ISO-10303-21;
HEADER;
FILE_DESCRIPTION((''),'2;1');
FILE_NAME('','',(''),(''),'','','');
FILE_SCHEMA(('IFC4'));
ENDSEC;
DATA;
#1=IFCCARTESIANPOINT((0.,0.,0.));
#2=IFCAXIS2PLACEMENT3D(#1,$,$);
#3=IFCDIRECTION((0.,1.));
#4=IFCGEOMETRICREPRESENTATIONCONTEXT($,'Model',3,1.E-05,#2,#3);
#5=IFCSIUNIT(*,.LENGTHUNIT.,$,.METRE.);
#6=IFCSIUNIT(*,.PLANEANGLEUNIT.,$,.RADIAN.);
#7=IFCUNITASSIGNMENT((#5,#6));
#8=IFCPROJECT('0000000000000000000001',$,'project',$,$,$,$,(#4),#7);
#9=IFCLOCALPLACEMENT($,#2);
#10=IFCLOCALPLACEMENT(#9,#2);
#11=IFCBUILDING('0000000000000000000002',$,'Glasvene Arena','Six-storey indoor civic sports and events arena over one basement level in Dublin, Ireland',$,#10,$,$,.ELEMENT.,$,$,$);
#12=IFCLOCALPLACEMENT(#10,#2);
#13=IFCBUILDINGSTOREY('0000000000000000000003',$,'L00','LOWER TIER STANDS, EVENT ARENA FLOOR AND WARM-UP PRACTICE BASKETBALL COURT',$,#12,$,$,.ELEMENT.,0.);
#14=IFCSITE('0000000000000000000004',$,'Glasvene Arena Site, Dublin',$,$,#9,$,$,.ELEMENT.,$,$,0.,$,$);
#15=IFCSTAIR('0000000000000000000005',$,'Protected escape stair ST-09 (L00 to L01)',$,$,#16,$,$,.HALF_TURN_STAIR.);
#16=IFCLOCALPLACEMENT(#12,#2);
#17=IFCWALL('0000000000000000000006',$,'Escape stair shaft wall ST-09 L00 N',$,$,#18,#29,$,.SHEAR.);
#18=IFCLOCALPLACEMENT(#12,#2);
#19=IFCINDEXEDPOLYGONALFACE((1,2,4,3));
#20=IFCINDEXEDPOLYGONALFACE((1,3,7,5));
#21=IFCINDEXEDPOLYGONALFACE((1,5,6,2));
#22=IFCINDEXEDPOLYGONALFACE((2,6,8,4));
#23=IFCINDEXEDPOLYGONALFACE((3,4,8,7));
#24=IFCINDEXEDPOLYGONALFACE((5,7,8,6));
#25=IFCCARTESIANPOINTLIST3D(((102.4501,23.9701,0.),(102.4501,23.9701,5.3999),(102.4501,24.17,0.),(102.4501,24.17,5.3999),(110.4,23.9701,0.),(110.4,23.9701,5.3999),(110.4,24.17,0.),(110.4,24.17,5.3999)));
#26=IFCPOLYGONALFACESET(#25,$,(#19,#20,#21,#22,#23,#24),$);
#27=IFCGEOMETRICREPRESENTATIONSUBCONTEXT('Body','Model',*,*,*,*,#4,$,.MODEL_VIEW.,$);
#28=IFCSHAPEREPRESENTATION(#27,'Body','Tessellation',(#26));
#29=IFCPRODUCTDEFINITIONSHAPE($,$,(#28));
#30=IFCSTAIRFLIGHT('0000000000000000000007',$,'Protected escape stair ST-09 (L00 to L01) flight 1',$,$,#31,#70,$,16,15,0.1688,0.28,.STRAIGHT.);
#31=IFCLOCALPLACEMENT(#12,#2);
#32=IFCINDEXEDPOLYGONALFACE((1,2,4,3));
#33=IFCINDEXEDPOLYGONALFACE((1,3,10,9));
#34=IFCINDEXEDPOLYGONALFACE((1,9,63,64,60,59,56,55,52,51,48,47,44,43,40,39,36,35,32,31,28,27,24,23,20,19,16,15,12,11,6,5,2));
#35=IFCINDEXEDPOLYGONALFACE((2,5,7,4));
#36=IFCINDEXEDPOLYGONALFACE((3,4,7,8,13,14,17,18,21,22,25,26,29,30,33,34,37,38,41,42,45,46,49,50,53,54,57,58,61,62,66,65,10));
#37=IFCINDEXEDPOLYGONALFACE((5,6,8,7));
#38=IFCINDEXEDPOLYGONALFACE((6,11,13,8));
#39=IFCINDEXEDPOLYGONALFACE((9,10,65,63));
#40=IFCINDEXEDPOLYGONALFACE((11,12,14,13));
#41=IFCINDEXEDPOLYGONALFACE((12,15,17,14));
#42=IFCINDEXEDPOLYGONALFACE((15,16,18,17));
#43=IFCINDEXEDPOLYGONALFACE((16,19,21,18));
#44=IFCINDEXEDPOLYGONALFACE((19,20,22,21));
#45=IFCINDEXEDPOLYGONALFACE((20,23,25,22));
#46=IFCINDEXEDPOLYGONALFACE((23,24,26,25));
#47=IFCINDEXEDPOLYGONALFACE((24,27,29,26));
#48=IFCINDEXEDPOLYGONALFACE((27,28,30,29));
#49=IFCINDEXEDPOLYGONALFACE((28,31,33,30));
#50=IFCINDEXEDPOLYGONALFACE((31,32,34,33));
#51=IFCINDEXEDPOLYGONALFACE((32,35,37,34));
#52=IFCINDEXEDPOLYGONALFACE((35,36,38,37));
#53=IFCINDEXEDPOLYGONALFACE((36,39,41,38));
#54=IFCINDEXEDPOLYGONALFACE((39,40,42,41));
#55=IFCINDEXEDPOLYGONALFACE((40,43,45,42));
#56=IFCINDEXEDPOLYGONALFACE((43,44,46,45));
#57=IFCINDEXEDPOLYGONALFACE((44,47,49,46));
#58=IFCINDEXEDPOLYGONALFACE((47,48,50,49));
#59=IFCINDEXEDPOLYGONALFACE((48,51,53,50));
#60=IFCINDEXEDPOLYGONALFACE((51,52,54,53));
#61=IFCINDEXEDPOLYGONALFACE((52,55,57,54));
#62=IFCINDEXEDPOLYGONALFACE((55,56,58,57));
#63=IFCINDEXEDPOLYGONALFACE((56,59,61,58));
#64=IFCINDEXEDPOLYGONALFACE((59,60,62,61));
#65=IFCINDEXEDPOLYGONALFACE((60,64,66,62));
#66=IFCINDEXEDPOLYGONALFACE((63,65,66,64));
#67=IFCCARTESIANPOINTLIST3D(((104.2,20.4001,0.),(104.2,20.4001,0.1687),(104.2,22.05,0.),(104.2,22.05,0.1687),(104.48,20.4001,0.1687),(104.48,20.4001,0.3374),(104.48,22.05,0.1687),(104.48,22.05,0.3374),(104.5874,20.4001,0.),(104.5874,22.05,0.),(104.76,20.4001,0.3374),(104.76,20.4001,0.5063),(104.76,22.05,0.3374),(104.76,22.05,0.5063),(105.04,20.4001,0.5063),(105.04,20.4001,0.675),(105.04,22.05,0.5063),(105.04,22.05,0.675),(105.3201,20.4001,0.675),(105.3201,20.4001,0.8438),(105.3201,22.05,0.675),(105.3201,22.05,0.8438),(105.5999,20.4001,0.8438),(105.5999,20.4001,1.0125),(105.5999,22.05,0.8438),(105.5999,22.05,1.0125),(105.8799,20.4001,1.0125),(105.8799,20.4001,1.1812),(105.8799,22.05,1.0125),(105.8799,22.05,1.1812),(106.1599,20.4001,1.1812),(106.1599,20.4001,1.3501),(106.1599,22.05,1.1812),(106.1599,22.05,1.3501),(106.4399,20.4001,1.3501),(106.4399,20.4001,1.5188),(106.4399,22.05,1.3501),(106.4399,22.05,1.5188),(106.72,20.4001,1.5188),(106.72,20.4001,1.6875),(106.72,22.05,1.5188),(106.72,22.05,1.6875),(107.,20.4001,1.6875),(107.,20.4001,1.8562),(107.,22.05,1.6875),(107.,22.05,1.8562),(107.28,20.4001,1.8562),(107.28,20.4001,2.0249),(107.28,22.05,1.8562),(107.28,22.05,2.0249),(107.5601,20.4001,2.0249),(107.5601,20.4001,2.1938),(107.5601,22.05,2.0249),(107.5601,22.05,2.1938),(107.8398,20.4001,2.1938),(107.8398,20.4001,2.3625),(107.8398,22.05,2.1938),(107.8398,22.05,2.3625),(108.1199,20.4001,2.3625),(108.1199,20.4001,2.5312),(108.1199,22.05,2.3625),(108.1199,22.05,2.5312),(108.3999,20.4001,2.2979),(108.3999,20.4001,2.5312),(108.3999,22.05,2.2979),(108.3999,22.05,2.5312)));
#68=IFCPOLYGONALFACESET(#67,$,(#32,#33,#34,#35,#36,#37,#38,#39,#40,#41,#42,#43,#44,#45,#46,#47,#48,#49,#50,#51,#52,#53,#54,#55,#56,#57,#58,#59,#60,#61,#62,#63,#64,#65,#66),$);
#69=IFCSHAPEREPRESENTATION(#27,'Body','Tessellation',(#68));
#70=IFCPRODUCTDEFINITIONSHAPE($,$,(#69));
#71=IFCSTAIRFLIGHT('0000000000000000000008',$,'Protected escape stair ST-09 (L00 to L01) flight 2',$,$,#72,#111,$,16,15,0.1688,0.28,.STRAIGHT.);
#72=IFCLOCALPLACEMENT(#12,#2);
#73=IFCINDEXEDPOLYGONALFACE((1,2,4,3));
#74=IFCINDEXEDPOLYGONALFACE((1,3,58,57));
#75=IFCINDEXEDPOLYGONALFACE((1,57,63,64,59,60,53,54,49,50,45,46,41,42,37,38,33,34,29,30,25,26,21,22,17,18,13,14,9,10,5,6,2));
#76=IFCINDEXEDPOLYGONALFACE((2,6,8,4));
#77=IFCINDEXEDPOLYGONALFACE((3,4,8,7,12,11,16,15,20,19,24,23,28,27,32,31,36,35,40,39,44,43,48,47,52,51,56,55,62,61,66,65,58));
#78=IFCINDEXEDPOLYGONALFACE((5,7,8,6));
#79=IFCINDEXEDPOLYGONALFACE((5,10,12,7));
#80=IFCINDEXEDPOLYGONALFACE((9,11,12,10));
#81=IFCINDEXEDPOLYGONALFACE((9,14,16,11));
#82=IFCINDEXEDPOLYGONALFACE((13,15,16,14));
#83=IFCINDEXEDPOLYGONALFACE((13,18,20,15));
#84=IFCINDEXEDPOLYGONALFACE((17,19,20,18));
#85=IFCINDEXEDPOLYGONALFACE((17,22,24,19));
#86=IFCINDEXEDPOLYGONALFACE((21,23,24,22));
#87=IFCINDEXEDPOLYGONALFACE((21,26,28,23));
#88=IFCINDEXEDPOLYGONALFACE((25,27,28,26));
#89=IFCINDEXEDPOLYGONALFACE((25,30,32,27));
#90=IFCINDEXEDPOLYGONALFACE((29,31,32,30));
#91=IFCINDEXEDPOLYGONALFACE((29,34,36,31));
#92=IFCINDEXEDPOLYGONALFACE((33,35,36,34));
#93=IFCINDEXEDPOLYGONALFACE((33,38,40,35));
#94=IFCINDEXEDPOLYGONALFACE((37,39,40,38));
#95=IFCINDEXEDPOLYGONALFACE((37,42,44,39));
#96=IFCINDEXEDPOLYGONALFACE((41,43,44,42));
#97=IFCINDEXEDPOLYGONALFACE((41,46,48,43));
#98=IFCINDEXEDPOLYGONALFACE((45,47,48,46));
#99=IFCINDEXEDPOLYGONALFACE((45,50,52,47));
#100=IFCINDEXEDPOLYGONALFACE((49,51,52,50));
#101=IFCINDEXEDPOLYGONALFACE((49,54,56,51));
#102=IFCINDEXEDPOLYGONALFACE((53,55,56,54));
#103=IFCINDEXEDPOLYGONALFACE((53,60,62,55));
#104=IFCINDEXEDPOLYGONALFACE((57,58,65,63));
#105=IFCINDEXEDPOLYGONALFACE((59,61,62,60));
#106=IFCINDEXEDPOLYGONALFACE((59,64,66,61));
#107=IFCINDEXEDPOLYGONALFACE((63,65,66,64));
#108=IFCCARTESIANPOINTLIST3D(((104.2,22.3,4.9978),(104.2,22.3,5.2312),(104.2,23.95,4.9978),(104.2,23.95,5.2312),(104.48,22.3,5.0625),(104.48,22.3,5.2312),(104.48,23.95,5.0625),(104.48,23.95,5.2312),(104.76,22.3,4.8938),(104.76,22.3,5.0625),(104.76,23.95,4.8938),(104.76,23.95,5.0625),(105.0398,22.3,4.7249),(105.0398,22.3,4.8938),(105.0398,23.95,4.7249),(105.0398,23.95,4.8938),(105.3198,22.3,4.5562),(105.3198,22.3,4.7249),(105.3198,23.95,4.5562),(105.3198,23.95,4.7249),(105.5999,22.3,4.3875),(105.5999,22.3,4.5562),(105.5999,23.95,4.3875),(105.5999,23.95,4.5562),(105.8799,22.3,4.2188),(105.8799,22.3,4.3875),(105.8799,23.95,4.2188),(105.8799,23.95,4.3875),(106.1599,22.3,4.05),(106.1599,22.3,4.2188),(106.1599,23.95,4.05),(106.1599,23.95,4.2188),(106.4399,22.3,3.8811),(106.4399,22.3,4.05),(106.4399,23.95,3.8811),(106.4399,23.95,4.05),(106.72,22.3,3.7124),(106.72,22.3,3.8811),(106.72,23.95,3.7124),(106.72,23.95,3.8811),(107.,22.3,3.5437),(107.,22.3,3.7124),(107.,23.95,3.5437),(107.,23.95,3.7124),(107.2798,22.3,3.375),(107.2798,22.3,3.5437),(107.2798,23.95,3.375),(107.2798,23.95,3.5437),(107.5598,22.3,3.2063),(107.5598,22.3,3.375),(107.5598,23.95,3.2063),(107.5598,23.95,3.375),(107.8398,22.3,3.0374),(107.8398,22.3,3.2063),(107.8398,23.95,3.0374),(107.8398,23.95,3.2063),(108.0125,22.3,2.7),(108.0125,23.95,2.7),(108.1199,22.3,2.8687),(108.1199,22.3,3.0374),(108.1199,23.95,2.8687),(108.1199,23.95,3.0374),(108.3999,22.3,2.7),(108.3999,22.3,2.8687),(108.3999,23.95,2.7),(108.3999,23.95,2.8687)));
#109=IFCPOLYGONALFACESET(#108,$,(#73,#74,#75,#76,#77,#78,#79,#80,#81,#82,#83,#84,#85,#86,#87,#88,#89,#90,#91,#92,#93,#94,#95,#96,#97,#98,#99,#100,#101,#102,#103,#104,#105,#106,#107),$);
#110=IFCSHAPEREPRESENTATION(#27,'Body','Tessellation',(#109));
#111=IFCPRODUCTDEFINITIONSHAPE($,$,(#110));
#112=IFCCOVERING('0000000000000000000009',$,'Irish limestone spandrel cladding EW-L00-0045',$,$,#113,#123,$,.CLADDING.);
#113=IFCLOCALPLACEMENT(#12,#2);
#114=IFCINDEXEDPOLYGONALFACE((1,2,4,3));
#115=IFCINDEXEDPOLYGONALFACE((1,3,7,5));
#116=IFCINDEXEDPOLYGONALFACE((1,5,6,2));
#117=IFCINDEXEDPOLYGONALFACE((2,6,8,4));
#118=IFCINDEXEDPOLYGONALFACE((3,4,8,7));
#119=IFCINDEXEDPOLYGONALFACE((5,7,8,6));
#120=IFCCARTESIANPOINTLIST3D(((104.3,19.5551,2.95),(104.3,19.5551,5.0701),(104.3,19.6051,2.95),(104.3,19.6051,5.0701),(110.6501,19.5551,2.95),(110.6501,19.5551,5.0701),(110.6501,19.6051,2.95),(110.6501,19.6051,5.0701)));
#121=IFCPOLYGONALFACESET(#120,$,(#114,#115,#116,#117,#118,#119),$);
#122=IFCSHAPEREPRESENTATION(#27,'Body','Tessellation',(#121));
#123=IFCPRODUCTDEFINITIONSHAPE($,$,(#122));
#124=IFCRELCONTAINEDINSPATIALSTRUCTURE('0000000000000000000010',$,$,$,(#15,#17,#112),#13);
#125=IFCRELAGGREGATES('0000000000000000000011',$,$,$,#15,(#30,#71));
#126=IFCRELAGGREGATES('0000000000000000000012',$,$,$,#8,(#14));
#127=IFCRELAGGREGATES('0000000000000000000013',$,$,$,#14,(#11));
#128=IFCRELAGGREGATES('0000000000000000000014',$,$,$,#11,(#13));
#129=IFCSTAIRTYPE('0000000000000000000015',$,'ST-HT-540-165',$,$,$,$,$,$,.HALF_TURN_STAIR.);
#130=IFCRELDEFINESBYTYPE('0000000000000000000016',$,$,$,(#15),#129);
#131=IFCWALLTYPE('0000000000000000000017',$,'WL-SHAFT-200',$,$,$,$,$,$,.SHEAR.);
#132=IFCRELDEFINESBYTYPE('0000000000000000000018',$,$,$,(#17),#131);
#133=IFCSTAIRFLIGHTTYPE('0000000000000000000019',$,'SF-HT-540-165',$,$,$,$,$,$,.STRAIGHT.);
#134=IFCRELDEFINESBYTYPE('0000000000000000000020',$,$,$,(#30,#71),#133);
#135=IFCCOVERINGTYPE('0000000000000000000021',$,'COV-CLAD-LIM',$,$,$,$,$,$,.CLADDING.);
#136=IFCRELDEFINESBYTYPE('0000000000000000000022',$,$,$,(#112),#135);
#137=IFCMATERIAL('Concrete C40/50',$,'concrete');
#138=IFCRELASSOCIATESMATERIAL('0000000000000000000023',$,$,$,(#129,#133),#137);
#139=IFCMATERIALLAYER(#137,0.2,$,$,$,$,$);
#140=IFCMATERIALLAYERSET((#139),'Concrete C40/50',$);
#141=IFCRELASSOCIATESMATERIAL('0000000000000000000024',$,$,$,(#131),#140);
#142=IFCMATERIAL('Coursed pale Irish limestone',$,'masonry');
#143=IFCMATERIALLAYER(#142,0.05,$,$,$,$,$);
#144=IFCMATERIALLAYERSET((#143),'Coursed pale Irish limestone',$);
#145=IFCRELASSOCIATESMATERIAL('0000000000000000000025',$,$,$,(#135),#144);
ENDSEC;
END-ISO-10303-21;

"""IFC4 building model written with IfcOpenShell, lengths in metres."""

from ifc_helpers import new_model, si_unit, direction, frame, frame_2d, origin, origin_2d, place, context, subcontext, project, spatial, polyline, rectangle, outline, extrude, material, layer, layer_set, type_object, element, aggregate, save


model = new_model("IFC4")

# Units and contexts
model_context = context("Model", 3, precision=1e-05, world=origin(), true_north=direction((0.0, 1.0)))
body_context = subcontext(model_context, "Body", "Model", "MODEL_VIEW")
ifc_project = project(units=[si_unit("LENGTHUNIT", "METRE"), si_unit("PLANEANGLEUNIT", "RADIAN")], contexts=[model_context])

# Site, building, storey
site_placement = place(None, origin())
site = spatial("IfcSite", under=ifc_project, at=site_placement, Name="Glasvene Arena Site, Dublin", CompositionType="ELEMENT", RefElevation=0.0)
building_placement = place(site_placement, origin())
building = spatial("IfcBuilding", under=site, at=building_placement, Name="Glasvene Arena", Description="Six-storey indoor civic sports and events arena over one basement level in Dublin, Ireland", CompositionType="ELEMENT")
storey_placement = place(building_placement, origin())
storey = spatial("IfcBuildingStorey", under=building, at=storey_placement, Name="L00", Description="LOWER TIER STANDS, EVENT ARENA FLOOR AND WARM-UP PRACTICE BASKETBALL COURT", CompositionType="ELEMENT", Elevation=0.0)

# Stair
ifc_material_1 = material(Name="Concrete C40/50", Category="concrete")
stair_type = type_object("IfcStairType", Name="ST-HT-540-165", PredefinedType="HALF_TURN_STAIR", material=ifc_material_1)
stair_placement = place(storey_placement, origin())
stair = element("IfcStair", 1, at=stair_placement, inside=storey, type_object=stair_type, Name="Protected escape stair ST-09 (L00 to L01)", PredefinedType="HALF_TURN_STAIR")

# Shared definitions
ifc_material_2 = material(Name="Coursed pale Irish limestone", Category="masonry")

# Shared definitions
ifc_layer_1 = layer(ifc_material_1, 0.2)
ifc_layer_set_1 = layer_set([ifc_layer_1], Name="Concrete C40/50")
wall_type_1 = type_object("IfcWallType", Name="WL-SHAFT-200", PredefinedType="SHEAR", material=ifc_layer_set_1)

# Wall
wall_1_placement = place(storey_placement, frame((102.45, 24.0701, 0.0), z_axis=(0.0, 0.0, 1.0), x_axis=(1.0, 0.0, 0.0)))
element("IfcWall", 2, at=wall_1_placement, inside=storey, type_object=wall_type_1, Name="Escape stair shaft wall ST-09 L00 N", PredefinedType="SHEAR", context=body_context, shape_type="SweptSolid", body=[
    extrude(rectangle(XDim=7.95, YDim=0.2, at=frame_2d((3.9751, 0.0))), origin(), (0.0, 0.0, 1.0), 5.3999),
])

# Stair flights
stair_flight_type = type_object("IfcStairFlightType", Name="SF-HT-540-165", PredefinedType="STRAIGHT", material=ifc_material_1)
stair_flight_1_placement = place(storey_placement, frame((104.2, 21.2251, 0.0), z_axis=(0.0, 0.0, 1.0), x_axis=(1.0, 0.0, 0.0)))
stair_flight_1 = element("IfcStairFlight", 3, at=stair_flight_1_placement, type_object=stair_flight_type, Name="Protected escape stair ST-09 (L00 to L01) flight 1", NumberOfRisers=16, NumberOfTreads=15, PredefinedType="STRAIGHT", RiserHeight=0.1688, TreadLength=0.28, context=body_context, shape_type="SweptSolid", body=[
    extrude(outline(polyline([(0.0, 0.0), (0.0, 0.1687), (0.28, 0.1687), (0.28, 0.3374), (0.5601, 0.3374), (0.5601, 0.5063), (0.8401, 0.5063), (0.8401, 0.675), (1.1201, 0.675), (1.1201, 0.8438), (1.3999, 0.8438), (1.3999, 1.0125), (1.6799, 1.0125), (1.6799, 1.1812), (1.96, 1.1812), (1.96, 1.3501), (2.24, 1.3501), (2.24, 1.5188), (2.52, 1.5188), (2.52, 1.6875), (2.8, 1.6875), (2.8, 1.8562), (3.0801, 1.8562), (3.0801, 2.0249), (3.3601, 2.0249), (3.3601, 2.1938), (3.6399, 2.1938), (3.6399, 2.3625), (3.9199, 2.3625), (3.9199, 2.5312), (4.2, 2.5312), (4.2, 2.7), (4.2, 2.2979), (0.3875, 0.0), (0.0, 0.0)])), frame((0.0, 0.825, 0.0), z_axis=(0.0, -1.0, 0.0), x_axis=(1.0, 0.0, 0.0)), (0.0, 0.0, 1.0), 1.6499),
])
stair_flight_2_placement = place(storey_placement, frame((108.3999, 23.125, 2.7), z_axis=(0.0, 0.0, 1.0), x_axis=(-1.0, 0.0, 0.0)))
stair_flight_2 = element("IfcStairFlight", 4, at=stair_flight_2_placement, type_object=stair_flight_type, Name="Protected escape stair ST-09 (L00 to L01) flight 2", NumberOfRisers=16, NumberOfTreads=15, PredefinedType="STRAIGHT", RiserHeight=0.1688, TreadLength=0.28, context=body_context, shape_type="SweptSolid", body=[
    extrude(outline(polyline([(0.0, 0.0), (0.0, 0.1687), (0.28, 0.1687), (0.28, 0.3374), (0.5601, 0.3374), (0.5601, 0.5063), (0.8401, 0.5063), (0.8401, 0.675), (1.1201, 0.675), (1.1201, 0.8438), (1.3999, 0.8438), (1.3999, 1.0125), (1.6799, 1.0125), (1.6799, 1.1812), (1.96, 1.1812), (1.96, 1.3501), (2.24, 1.3501), (2.24, 1.5188), (2.52, 1.5188), (2.52, 1.6875), (2.8, 1.6875), (2.8, 1.8562), (3.0801, 1.8562), (3.0801, 2.0249), (3.3601, 2.0249), (3.3601, 2.1938), (3.6399, 2.1938), (3.6399, 2.3625), (3.9199, 2.3625), (3.9199, 2.5312), (4.2, 2.5312), (4.2, 2.7), (4.2, 2.2979), (0.3875, 0.0), (0.0, 0.0)])), frame((0.0, 0.825, 0.0), z_axis=(0.0, -1.0, 0.0), x_axis=(1.0, 0.0, 0.0)), (0.0, 0.0, 1.0), 1.6499),
])
aggregate(stair, [stair_flight_1, stair_flight_2])

# Covering
ifc_layer_2 = layer(ifc_material_2, 0.05)
ifc_layer_set_2 = layer_set([ifc_layer_2], Name="Coursed pale Irish limestone")
covering_type = type_object("IfcCoveringType", Name="COV-CLAD-LIM", PredefinedType="CLADDING", material=ifc_layer_set_2)
covering_placement = place(storey_placement, frame((107.4751, 19.5801, 2.95), z_axis=(0.0, 0.0, 1.0), x_axis=(-1.0, 0.0, 0.0)))
element("IfcCovering", 5, at=covering_placement, inside=storey, type_object=covering_type, Name="Irish limestone spandrel cladding EW-L00-0045", PredefinedType="CLADDING", context=body_context, shape_type="SweptSolid", body=[
    extrude(rectangle(XDim=6.3501, YDim=0.05, at=origin_2d()), origin(), (0.0, 0.0, 1.0), 2.1201),
])

save(model, "model.ifc")
